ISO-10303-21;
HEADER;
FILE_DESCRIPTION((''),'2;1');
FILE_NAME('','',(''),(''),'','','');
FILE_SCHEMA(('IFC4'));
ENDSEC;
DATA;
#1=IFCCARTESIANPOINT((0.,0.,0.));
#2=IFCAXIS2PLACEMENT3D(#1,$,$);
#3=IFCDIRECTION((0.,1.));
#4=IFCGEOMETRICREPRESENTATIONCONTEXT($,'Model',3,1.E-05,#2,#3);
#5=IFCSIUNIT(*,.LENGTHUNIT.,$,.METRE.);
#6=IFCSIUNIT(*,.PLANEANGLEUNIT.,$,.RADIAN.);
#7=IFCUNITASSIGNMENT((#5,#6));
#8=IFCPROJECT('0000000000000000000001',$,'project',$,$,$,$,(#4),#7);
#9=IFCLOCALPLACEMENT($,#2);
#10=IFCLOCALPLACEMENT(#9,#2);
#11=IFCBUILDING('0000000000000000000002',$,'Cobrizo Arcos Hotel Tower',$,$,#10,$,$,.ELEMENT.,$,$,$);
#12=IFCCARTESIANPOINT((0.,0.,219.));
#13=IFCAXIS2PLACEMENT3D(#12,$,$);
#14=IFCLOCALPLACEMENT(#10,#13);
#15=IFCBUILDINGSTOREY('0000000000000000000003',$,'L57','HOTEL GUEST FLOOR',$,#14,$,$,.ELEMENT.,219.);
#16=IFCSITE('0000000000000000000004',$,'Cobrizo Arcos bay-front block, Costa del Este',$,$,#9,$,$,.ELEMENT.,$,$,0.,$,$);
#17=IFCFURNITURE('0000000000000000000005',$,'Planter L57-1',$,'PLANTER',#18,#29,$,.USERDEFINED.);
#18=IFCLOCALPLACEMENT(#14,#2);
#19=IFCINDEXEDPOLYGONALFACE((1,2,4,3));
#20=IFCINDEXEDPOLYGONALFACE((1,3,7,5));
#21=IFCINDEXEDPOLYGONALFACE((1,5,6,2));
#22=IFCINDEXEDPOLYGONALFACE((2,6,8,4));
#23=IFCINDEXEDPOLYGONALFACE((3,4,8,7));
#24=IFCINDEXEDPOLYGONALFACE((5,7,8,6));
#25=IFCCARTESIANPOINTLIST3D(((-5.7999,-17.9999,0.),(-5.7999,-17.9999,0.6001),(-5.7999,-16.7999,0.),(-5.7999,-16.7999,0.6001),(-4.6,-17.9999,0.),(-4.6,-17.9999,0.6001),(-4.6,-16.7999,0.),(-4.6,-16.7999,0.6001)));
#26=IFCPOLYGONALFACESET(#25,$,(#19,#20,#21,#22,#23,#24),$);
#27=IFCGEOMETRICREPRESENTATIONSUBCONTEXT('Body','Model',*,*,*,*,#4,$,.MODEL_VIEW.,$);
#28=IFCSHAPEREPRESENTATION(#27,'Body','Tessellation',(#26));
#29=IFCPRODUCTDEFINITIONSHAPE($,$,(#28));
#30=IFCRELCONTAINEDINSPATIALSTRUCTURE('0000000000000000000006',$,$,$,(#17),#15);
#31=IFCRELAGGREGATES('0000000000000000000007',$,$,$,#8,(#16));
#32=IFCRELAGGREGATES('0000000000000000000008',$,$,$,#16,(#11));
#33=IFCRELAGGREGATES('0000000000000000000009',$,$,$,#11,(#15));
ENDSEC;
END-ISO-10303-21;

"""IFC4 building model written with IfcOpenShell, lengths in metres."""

from ifc_helpers import new_model, si_unit, direction, frame, origin, origin_2d, place, context, subcontext, project, spatial, rectangle, extrude, element, save


model = new_model("IFC4")

# Units and contexts
model_context = context("Model", 3, precision=1e-05, world=origin(), true_north=direction((0.0, 1.0)))
body_context = subcontext(model_context, "Body", "Model", "MODEL_VIEW")
ifc_project = project(units=[si_unit("LENGTHUNIT", "METRE"), si_unit("PLANEANGLEUNIT", "RADIAN")], contexts=[model_context])

# Site, building, storey
site_placement = place(None, origin())
site = spatial("IfcSite", under=ifc_project, at=site_placement, Name="Cobrizo Arcos bay-front block, Costa del Este", CompositionType="ELEMENT", RefElevation=0.0)
building_placement = place(site_placement, origin())
building = spatial("IfcBuilding", under=site, at=building_placement, Name="Cobrizo Arcos Hotel Tower", CompositionType="ELEMENT")
storey_placement = place(building_placement, frame((0.0, 0.0, 219.0)))
storey = spatial("IfcBuildingStorey", under=building, at=storey_placement, Name="L57", Description="HOTEL GUEST FLOOR", CompositionType="ELEMENT", Elevation=219.0)

# Furniture
furniture_placement = place(storey_placement, frame((-5.2, -17.3999, 0.0), z_axis=(0.0, 0.0, 1.0), x_axis=(1.0, 0.0, 0.0)))
element("IfcFurniture", 1, at=furniture_placement, inside=storey, Name="Planter L57-1", ObjectType="PLANTER", PredefinedType="USERDEFINED", context=body_context, shape_type="SweptSolid", body=[
    extrude(rectangle(XDim=1.2, YDim=1.2, at=origin_2d()), origin(), (0.0, 0.0, 1.0), 0.6001),
])

save(model, "model.ifc")
